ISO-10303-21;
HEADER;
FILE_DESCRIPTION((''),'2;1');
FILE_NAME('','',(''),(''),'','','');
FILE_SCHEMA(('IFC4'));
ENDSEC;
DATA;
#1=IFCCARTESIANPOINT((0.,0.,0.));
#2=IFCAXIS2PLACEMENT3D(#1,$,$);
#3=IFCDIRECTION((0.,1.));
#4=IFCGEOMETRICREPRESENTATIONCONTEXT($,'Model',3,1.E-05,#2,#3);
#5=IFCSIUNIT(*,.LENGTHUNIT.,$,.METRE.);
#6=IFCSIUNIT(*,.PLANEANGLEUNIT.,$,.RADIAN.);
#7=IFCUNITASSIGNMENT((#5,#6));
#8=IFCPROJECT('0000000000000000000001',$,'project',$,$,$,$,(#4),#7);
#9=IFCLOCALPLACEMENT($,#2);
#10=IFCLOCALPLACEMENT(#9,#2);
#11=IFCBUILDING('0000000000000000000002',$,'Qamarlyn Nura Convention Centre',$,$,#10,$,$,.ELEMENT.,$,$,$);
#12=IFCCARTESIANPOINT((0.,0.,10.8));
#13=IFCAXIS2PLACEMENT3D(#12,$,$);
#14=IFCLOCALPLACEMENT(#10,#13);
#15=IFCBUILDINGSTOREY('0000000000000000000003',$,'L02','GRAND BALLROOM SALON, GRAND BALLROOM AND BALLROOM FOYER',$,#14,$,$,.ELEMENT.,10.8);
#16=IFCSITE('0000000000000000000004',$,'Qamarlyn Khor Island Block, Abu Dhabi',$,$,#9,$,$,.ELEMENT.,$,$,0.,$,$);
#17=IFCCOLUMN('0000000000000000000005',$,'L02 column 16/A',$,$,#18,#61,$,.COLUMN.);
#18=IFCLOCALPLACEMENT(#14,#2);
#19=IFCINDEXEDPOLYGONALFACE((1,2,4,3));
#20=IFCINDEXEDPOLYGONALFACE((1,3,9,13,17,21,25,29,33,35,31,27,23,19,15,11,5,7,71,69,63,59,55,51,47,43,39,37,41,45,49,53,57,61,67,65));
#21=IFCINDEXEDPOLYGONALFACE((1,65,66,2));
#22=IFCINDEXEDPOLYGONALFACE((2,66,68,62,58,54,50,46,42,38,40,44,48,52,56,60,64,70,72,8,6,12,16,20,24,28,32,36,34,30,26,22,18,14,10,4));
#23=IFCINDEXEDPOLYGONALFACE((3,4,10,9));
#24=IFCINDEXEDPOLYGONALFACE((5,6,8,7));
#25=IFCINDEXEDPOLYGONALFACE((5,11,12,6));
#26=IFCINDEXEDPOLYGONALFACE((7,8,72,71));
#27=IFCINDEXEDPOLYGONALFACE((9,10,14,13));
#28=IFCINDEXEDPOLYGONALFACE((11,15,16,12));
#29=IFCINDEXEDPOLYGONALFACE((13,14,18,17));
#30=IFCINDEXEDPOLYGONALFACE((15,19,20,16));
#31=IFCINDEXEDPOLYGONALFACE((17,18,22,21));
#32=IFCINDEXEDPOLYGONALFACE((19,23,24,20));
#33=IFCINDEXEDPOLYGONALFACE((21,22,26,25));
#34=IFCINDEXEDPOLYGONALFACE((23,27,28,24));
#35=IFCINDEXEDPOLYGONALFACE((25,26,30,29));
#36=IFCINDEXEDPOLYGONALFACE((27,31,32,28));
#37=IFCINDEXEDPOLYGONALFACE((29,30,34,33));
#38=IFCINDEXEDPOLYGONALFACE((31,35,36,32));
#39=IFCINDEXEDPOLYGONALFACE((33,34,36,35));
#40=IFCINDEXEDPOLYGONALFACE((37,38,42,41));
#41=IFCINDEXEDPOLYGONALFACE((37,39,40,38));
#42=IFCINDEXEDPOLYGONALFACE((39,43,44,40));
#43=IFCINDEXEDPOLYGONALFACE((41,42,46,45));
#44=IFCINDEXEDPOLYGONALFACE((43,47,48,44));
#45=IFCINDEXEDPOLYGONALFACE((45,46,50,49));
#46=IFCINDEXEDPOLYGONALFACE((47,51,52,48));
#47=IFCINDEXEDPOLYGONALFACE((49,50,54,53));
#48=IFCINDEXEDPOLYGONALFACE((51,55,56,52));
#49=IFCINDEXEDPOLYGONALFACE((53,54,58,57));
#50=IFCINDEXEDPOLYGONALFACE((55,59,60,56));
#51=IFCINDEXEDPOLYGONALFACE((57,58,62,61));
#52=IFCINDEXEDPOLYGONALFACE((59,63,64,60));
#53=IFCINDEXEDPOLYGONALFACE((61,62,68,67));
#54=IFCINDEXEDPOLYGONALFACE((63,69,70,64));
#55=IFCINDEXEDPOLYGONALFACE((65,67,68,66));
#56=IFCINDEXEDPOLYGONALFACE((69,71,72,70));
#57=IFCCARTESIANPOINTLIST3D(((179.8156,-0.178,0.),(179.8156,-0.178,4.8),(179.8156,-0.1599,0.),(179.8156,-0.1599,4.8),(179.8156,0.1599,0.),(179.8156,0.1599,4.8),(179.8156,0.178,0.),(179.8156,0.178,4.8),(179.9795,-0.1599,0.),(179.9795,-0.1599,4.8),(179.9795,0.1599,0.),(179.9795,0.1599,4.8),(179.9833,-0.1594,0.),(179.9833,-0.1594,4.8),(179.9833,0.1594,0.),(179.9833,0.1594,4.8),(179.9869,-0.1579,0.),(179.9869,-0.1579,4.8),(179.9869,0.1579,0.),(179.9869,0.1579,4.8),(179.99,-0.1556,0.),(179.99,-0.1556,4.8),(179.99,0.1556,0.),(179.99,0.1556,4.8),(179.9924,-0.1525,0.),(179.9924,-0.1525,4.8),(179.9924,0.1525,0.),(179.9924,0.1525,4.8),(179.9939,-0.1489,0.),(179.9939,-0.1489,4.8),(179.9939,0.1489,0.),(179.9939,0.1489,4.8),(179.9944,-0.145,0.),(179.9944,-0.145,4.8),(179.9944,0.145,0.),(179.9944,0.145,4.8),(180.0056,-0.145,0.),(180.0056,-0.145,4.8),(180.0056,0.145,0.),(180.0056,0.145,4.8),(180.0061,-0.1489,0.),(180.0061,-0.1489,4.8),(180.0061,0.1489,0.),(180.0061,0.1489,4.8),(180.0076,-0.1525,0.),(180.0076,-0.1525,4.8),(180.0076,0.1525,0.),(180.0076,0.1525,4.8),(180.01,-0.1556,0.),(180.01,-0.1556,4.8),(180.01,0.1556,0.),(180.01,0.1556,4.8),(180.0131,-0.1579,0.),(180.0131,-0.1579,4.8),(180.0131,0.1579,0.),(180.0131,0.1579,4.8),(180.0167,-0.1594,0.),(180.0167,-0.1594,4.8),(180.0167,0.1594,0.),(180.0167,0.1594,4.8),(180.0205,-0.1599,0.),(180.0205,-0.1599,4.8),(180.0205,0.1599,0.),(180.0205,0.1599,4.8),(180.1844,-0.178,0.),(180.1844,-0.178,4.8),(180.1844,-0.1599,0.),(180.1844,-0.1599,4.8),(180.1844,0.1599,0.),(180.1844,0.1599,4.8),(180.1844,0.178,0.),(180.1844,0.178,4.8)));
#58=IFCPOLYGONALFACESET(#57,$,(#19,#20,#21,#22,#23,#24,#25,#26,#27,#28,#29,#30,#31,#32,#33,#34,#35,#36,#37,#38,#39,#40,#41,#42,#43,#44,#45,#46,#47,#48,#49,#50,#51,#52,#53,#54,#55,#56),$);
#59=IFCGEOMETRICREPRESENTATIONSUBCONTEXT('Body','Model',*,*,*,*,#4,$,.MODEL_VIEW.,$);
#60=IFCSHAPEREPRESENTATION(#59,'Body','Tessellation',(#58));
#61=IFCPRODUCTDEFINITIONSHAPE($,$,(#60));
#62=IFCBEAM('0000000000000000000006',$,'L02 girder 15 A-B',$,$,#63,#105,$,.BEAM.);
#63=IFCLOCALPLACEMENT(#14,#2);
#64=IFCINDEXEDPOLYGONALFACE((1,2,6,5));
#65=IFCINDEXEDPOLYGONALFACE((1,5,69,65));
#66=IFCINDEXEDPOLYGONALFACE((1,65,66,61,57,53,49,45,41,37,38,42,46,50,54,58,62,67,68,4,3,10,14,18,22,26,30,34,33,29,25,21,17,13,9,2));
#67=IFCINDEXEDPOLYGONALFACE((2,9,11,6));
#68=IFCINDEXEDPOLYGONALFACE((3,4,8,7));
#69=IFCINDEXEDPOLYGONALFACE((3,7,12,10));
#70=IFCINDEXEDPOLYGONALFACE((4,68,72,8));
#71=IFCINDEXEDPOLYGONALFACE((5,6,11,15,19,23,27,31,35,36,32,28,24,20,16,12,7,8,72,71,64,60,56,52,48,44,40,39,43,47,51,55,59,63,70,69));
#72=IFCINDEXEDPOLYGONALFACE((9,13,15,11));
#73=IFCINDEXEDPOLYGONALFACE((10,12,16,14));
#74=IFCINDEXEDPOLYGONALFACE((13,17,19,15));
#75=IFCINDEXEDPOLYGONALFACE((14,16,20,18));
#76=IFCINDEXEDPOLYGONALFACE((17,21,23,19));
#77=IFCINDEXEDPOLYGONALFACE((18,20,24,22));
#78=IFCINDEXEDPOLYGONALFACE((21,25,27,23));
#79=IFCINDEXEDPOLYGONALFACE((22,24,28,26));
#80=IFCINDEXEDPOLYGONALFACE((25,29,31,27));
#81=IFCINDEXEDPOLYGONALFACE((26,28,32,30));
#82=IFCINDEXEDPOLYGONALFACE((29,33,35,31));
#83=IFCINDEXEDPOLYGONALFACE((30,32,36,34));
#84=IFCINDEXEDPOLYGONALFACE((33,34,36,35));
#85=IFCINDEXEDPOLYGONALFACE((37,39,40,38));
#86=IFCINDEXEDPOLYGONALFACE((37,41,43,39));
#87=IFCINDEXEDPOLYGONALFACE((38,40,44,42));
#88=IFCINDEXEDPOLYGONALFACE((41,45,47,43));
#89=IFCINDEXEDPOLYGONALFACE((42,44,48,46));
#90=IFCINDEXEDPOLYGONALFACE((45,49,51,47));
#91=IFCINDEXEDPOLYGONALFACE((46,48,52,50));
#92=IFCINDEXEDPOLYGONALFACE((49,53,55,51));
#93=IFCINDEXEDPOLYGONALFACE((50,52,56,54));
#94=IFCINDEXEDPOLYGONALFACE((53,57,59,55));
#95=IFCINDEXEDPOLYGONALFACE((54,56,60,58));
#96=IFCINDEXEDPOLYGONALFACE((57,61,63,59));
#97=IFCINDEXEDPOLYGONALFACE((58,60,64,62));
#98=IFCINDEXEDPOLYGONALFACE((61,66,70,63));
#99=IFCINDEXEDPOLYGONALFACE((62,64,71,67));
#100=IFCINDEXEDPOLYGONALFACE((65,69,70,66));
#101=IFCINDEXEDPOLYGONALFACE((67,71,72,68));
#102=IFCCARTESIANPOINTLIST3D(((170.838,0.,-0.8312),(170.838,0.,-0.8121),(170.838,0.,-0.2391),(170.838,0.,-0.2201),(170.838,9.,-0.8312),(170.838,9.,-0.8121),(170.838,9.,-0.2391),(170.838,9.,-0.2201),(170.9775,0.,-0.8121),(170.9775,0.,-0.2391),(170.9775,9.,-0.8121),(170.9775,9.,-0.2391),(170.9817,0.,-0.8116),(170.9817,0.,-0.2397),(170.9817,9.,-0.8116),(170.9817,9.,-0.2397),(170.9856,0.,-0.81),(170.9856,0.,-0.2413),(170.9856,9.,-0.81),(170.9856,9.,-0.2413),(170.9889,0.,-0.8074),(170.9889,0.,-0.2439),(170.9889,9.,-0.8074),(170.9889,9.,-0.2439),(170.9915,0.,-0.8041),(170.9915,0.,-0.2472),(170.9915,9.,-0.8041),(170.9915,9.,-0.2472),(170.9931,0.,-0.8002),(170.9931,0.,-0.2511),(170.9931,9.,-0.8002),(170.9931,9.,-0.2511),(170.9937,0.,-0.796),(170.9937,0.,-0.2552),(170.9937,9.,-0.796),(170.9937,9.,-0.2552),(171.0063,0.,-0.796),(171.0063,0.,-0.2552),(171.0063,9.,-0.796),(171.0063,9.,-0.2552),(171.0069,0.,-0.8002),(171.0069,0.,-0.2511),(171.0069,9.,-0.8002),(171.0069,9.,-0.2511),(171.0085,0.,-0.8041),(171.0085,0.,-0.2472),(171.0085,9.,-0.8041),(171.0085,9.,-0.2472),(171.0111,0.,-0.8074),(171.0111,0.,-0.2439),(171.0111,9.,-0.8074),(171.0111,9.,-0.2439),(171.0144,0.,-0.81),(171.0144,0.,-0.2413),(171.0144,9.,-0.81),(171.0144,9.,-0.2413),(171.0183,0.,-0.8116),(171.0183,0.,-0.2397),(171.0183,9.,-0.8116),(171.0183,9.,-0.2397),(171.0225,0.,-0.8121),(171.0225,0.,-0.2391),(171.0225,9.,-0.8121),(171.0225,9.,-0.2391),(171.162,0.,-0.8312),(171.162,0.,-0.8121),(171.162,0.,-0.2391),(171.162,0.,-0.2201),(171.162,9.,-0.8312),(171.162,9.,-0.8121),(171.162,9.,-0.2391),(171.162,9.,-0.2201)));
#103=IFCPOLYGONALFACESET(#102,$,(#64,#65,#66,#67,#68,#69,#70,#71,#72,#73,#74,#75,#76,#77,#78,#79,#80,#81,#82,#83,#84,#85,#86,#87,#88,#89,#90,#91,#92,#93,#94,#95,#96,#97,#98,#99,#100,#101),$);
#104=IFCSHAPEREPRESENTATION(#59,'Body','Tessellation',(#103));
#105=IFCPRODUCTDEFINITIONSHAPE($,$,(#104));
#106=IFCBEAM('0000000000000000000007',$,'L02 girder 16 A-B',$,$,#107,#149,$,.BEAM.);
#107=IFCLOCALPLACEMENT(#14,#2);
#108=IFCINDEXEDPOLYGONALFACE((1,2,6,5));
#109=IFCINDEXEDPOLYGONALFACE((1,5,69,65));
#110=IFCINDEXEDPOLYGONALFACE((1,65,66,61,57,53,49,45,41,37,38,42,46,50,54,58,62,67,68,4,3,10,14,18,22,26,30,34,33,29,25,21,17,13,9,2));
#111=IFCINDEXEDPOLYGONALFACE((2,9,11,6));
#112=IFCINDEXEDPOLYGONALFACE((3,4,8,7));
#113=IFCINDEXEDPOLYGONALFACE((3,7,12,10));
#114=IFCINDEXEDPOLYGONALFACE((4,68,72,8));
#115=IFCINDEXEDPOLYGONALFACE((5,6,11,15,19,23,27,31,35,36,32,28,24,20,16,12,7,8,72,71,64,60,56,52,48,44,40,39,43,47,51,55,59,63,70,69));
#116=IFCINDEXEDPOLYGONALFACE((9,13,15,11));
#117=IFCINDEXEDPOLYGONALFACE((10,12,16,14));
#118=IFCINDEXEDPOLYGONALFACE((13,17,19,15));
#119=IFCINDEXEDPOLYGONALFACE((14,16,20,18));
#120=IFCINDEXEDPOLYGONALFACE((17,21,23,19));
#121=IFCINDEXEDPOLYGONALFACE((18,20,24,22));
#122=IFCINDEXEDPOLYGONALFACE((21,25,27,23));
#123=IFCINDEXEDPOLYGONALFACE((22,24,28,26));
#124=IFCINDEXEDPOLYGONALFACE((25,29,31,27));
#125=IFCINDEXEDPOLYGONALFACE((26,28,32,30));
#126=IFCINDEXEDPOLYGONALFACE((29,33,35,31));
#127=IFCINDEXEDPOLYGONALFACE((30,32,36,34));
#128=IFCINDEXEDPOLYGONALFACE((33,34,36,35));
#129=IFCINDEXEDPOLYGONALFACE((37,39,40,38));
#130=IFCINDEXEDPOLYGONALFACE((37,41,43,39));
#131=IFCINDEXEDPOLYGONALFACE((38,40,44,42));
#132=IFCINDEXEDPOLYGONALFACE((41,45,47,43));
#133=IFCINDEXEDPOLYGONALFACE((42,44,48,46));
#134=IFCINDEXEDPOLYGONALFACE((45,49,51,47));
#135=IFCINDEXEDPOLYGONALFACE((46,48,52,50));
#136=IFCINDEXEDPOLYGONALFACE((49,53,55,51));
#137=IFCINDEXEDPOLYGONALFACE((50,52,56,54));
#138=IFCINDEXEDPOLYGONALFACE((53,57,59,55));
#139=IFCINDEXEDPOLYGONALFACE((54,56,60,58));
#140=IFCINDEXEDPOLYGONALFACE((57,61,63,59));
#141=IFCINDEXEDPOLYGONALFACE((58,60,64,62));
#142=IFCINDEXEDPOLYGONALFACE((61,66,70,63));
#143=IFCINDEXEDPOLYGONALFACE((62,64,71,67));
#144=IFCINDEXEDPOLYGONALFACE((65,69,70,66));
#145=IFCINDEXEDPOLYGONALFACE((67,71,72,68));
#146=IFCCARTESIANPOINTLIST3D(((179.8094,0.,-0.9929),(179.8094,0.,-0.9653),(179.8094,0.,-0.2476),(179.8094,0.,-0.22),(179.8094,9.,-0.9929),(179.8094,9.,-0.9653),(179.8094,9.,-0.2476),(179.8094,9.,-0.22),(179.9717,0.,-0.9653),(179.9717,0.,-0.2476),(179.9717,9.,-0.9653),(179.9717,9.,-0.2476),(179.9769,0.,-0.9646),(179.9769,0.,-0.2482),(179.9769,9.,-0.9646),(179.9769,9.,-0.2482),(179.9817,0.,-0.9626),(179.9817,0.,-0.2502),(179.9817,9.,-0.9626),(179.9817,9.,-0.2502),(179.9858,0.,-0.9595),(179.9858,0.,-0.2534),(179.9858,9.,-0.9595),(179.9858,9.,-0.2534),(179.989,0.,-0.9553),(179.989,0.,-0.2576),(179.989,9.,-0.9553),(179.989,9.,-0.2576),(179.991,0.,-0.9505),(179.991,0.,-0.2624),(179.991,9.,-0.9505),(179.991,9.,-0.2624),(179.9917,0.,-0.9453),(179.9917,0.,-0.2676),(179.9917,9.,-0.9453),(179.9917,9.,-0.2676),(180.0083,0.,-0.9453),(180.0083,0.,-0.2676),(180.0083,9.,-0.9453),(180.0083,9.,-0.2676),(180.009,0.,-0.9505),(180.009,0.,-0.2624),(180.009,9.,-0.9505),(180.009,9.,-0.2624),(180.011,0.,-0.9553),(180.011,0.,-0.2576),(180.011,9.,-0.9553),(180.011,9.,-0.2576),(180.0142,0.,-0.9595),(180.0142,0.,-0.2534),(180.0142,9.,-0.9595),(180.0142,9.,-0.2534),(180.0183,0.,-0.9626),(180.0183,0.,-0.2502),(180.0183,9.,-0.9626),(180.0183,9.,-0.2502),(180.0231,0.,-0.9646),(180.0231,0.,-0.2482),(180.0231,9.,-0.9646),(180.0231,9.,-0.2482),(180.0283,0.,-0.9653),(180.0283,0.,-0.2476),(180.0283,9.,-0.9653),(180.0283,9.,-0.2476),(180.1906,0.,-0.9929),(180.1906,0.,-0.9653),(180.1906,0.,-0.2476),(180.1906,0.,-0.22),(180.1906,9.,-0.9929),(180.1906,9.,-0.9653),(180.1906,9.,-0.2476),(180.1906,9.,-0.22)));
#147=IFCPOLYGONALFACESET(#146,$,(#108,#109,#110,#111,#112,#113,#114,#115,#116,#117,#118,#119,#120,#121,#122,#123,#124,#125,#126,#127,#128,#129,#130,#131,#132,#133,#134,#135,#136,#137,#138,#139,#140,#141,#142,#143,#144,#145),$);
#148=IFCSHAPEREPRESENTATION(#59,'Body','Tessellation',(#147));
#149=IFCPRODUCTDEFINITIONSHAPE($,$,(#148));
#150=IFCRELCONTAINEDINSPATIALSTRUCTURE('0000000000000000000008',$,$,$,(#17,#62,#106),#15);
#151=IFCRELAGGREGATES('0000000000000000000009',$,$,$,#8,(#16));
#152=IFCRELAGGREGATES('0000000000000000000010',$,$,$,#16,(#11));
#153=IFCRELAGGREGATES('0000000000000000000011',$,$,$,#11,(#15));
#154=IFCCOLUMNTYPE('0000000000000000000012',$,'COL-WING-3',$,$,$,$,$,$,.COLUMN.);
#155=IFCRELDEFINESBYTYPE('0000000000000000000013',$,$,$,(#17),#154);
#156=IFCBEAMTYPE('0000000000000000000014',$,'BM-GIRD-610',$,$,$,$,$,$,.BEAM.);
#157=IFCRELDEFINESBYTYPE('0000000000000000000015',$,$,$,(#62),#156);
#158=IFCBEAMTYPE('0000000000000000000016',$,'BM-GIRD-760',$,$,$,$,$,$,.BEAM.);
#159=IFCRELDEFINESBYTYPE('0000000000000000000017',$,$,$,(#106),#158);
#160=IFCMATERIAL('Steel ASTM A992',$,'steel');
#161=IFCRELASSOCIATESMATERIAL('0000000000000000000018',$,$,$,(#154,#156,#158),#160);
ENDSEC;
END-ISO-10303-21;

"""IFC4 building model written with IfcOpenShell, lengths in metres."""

from ifc_helpers import new_model, si_unit, direction, frame, origin, origin_2d, place, context, subcontext, project, spatial, i_section, extrude, material, material_profile, profile_set, type_object, element, save


model = new_model("IFC4")

# Units and contexts
model_context = context("Model", 3, precision=1e-05, world=origin(), true_north=direction((0.0, 1.0)))
body_context = subcontext(model_context, "Body", "Model", "MODEL_VIEW")
ifc_project = project(units=[si_unit("LENGTHUNIT", "METRE"), si_unit("PLANEANGLEUNIT", "RADIAN")], contexts=[model_context])

# Site, building, storey
site_placement = place(None, origin())
site = spatial("IfcSite", under=ifc_project, at=site_placement, Name="Qamarlyn Khor Island Block, Abu Dhabi", CompositionType="ELEMENT", RefElevation=0.0)
building_placement = place(site_placement, origin())
building = spatial("IfcBuilding", under=site, at=building_placement, Name="Qamarlyn Nura Convention Centre", CompositionType="ELEMENT")
storey_placement = place(building_placement, frame((0.0, 0.0, 10.8)))
storey = spatial("IfcBuildingStorey", under=building, at=storey_placement, Name="L02", Description="GRAND BALLROOM SALON, GRAND BALLROOM AND BALLROOM FOYER", CompositionType="ELEMENT", Elevation=10.8)

# Column
ifc_material_1 = material(Name="Steel ASTM A992", Category="steel")
ifc_material_profile_1 = material_profile(ifc_material_1, i_section(OverallWidth=0.3689, OverallDepth=0.356, WebThickness=0.0112, FlangeThickness=0.0181, FilletRadius=0.0149, at=origin_2d()), Name="W360X134")
ifc_profile_set_1 = profile_set([ifc_material_profile_1], Name="Steel ASTM A992")
column_type = type_object("IfcColumnType", Name="COL-WING-3", PredefinedType="COLUMN", material=ifc_profile_set_1)
column_placement = place(storey_placement, frame((180.0, 0.0, 0.0), z_axis=(0.0, 0.0, 1.0), x_axis=(1.0, 0.0, 0.0)))
element("IfcColumn", 1, at=column_placement, inside=storey, type_object=column_type, Name="L02 column 16/A", PredefinedType="COLUMN", context=body_context, shape_type="SweptSolid", body=[
    extrude(i_section(OverallWidth=0.3689, OverallDepth=0.356, WebThickness=0.0112, FlangeThickness=0.0181, FilletRadius=0.0149, at=origin_2d()), origin(), (0.0, 0.0, 1.0), 4.8),
])

# Beams
ifc_material_profile_2 = material_profile(ifc_material_1, i_section(OverallWidth=0.324, OverallDepth=0.6111, WebThickness=0.0127, FlangeThickness=0.019, FilletRadius=0.0161, at=origin_2d()), Name="W610X155")
ifc_profile_set_2 = profile_set([ifc_material_profile_2], Name="Steel ASTM A992")
beam_type_1 = type_object("IfcBeamType", Name="BM-GIRD-610", PredefinedType="BEAM", material=ifc_profile_set_2)
beam_1_placement = place(storey_placement, frame((171.0, 0.0, -0.5256), z_axis=(0.0, 1.0, 0.0), x_axis=(-1.0, 0.0, 0.0)))
element("IfcBeam", 2, at=beam_1_placement, inside=storey, type_object=beam_type_1, Name="L02 girder 15 A-B", PredefinedType="BEAM", context=body_context, shape_type="SweptSolid", body=[
    extrude(i_section(OverallWidth=0.324, OverallDepth=0.6111, WebThickness=0.0127, FlangeThickness=0.019, FilletRadius=0.0161, at=origin_2d()), origin(), (0.0, 0.0, 1.0), 9.0),
])
ifc_material_profile_3 = material_profile(ifc_material_1, i_section(OverallWidth=0.3811, OverallDepth=0.7729, WebThickness=0.0166, FlangeThickness=0.0276, FilletRadius=0.02, at=origin_2d()), Name="W760X257")
ifc_profile_set_3 = profile_set([ifc_material_profile_3], Name="Steel ASTM A992")
beam_type_2 = type_object("IfcBeamType", Name="BM-GIRD-760", PredefinedType="BEAM", material=ifc_profile_set_3)
beam_2_placement = place(storey_placement, frame((180.0, 0.0, -0.6064), z_axis=(0.0, 1.0, 0.0), x_axis=(-1.0, 0.0, 0.0)))
element("IfcBeam", 3, at=beam_2_placement, inside=storey, type_object=beam_type_2, Name="L02 girder 16 A-B", PredefinedType="BEAM", context=body_context, shape_type="SweptSolid", body=[
    extrude(i_section(OverallWidth=0.3811, OverallDepth=0.7729, WebThickness=0.0166, FlangeThickness=0.0276, FilletRadius=0.02, at=origin_2d()), origin(), (0.0, 0.0, 1.0), 9.0),
])

save(model, "model.ifc")
